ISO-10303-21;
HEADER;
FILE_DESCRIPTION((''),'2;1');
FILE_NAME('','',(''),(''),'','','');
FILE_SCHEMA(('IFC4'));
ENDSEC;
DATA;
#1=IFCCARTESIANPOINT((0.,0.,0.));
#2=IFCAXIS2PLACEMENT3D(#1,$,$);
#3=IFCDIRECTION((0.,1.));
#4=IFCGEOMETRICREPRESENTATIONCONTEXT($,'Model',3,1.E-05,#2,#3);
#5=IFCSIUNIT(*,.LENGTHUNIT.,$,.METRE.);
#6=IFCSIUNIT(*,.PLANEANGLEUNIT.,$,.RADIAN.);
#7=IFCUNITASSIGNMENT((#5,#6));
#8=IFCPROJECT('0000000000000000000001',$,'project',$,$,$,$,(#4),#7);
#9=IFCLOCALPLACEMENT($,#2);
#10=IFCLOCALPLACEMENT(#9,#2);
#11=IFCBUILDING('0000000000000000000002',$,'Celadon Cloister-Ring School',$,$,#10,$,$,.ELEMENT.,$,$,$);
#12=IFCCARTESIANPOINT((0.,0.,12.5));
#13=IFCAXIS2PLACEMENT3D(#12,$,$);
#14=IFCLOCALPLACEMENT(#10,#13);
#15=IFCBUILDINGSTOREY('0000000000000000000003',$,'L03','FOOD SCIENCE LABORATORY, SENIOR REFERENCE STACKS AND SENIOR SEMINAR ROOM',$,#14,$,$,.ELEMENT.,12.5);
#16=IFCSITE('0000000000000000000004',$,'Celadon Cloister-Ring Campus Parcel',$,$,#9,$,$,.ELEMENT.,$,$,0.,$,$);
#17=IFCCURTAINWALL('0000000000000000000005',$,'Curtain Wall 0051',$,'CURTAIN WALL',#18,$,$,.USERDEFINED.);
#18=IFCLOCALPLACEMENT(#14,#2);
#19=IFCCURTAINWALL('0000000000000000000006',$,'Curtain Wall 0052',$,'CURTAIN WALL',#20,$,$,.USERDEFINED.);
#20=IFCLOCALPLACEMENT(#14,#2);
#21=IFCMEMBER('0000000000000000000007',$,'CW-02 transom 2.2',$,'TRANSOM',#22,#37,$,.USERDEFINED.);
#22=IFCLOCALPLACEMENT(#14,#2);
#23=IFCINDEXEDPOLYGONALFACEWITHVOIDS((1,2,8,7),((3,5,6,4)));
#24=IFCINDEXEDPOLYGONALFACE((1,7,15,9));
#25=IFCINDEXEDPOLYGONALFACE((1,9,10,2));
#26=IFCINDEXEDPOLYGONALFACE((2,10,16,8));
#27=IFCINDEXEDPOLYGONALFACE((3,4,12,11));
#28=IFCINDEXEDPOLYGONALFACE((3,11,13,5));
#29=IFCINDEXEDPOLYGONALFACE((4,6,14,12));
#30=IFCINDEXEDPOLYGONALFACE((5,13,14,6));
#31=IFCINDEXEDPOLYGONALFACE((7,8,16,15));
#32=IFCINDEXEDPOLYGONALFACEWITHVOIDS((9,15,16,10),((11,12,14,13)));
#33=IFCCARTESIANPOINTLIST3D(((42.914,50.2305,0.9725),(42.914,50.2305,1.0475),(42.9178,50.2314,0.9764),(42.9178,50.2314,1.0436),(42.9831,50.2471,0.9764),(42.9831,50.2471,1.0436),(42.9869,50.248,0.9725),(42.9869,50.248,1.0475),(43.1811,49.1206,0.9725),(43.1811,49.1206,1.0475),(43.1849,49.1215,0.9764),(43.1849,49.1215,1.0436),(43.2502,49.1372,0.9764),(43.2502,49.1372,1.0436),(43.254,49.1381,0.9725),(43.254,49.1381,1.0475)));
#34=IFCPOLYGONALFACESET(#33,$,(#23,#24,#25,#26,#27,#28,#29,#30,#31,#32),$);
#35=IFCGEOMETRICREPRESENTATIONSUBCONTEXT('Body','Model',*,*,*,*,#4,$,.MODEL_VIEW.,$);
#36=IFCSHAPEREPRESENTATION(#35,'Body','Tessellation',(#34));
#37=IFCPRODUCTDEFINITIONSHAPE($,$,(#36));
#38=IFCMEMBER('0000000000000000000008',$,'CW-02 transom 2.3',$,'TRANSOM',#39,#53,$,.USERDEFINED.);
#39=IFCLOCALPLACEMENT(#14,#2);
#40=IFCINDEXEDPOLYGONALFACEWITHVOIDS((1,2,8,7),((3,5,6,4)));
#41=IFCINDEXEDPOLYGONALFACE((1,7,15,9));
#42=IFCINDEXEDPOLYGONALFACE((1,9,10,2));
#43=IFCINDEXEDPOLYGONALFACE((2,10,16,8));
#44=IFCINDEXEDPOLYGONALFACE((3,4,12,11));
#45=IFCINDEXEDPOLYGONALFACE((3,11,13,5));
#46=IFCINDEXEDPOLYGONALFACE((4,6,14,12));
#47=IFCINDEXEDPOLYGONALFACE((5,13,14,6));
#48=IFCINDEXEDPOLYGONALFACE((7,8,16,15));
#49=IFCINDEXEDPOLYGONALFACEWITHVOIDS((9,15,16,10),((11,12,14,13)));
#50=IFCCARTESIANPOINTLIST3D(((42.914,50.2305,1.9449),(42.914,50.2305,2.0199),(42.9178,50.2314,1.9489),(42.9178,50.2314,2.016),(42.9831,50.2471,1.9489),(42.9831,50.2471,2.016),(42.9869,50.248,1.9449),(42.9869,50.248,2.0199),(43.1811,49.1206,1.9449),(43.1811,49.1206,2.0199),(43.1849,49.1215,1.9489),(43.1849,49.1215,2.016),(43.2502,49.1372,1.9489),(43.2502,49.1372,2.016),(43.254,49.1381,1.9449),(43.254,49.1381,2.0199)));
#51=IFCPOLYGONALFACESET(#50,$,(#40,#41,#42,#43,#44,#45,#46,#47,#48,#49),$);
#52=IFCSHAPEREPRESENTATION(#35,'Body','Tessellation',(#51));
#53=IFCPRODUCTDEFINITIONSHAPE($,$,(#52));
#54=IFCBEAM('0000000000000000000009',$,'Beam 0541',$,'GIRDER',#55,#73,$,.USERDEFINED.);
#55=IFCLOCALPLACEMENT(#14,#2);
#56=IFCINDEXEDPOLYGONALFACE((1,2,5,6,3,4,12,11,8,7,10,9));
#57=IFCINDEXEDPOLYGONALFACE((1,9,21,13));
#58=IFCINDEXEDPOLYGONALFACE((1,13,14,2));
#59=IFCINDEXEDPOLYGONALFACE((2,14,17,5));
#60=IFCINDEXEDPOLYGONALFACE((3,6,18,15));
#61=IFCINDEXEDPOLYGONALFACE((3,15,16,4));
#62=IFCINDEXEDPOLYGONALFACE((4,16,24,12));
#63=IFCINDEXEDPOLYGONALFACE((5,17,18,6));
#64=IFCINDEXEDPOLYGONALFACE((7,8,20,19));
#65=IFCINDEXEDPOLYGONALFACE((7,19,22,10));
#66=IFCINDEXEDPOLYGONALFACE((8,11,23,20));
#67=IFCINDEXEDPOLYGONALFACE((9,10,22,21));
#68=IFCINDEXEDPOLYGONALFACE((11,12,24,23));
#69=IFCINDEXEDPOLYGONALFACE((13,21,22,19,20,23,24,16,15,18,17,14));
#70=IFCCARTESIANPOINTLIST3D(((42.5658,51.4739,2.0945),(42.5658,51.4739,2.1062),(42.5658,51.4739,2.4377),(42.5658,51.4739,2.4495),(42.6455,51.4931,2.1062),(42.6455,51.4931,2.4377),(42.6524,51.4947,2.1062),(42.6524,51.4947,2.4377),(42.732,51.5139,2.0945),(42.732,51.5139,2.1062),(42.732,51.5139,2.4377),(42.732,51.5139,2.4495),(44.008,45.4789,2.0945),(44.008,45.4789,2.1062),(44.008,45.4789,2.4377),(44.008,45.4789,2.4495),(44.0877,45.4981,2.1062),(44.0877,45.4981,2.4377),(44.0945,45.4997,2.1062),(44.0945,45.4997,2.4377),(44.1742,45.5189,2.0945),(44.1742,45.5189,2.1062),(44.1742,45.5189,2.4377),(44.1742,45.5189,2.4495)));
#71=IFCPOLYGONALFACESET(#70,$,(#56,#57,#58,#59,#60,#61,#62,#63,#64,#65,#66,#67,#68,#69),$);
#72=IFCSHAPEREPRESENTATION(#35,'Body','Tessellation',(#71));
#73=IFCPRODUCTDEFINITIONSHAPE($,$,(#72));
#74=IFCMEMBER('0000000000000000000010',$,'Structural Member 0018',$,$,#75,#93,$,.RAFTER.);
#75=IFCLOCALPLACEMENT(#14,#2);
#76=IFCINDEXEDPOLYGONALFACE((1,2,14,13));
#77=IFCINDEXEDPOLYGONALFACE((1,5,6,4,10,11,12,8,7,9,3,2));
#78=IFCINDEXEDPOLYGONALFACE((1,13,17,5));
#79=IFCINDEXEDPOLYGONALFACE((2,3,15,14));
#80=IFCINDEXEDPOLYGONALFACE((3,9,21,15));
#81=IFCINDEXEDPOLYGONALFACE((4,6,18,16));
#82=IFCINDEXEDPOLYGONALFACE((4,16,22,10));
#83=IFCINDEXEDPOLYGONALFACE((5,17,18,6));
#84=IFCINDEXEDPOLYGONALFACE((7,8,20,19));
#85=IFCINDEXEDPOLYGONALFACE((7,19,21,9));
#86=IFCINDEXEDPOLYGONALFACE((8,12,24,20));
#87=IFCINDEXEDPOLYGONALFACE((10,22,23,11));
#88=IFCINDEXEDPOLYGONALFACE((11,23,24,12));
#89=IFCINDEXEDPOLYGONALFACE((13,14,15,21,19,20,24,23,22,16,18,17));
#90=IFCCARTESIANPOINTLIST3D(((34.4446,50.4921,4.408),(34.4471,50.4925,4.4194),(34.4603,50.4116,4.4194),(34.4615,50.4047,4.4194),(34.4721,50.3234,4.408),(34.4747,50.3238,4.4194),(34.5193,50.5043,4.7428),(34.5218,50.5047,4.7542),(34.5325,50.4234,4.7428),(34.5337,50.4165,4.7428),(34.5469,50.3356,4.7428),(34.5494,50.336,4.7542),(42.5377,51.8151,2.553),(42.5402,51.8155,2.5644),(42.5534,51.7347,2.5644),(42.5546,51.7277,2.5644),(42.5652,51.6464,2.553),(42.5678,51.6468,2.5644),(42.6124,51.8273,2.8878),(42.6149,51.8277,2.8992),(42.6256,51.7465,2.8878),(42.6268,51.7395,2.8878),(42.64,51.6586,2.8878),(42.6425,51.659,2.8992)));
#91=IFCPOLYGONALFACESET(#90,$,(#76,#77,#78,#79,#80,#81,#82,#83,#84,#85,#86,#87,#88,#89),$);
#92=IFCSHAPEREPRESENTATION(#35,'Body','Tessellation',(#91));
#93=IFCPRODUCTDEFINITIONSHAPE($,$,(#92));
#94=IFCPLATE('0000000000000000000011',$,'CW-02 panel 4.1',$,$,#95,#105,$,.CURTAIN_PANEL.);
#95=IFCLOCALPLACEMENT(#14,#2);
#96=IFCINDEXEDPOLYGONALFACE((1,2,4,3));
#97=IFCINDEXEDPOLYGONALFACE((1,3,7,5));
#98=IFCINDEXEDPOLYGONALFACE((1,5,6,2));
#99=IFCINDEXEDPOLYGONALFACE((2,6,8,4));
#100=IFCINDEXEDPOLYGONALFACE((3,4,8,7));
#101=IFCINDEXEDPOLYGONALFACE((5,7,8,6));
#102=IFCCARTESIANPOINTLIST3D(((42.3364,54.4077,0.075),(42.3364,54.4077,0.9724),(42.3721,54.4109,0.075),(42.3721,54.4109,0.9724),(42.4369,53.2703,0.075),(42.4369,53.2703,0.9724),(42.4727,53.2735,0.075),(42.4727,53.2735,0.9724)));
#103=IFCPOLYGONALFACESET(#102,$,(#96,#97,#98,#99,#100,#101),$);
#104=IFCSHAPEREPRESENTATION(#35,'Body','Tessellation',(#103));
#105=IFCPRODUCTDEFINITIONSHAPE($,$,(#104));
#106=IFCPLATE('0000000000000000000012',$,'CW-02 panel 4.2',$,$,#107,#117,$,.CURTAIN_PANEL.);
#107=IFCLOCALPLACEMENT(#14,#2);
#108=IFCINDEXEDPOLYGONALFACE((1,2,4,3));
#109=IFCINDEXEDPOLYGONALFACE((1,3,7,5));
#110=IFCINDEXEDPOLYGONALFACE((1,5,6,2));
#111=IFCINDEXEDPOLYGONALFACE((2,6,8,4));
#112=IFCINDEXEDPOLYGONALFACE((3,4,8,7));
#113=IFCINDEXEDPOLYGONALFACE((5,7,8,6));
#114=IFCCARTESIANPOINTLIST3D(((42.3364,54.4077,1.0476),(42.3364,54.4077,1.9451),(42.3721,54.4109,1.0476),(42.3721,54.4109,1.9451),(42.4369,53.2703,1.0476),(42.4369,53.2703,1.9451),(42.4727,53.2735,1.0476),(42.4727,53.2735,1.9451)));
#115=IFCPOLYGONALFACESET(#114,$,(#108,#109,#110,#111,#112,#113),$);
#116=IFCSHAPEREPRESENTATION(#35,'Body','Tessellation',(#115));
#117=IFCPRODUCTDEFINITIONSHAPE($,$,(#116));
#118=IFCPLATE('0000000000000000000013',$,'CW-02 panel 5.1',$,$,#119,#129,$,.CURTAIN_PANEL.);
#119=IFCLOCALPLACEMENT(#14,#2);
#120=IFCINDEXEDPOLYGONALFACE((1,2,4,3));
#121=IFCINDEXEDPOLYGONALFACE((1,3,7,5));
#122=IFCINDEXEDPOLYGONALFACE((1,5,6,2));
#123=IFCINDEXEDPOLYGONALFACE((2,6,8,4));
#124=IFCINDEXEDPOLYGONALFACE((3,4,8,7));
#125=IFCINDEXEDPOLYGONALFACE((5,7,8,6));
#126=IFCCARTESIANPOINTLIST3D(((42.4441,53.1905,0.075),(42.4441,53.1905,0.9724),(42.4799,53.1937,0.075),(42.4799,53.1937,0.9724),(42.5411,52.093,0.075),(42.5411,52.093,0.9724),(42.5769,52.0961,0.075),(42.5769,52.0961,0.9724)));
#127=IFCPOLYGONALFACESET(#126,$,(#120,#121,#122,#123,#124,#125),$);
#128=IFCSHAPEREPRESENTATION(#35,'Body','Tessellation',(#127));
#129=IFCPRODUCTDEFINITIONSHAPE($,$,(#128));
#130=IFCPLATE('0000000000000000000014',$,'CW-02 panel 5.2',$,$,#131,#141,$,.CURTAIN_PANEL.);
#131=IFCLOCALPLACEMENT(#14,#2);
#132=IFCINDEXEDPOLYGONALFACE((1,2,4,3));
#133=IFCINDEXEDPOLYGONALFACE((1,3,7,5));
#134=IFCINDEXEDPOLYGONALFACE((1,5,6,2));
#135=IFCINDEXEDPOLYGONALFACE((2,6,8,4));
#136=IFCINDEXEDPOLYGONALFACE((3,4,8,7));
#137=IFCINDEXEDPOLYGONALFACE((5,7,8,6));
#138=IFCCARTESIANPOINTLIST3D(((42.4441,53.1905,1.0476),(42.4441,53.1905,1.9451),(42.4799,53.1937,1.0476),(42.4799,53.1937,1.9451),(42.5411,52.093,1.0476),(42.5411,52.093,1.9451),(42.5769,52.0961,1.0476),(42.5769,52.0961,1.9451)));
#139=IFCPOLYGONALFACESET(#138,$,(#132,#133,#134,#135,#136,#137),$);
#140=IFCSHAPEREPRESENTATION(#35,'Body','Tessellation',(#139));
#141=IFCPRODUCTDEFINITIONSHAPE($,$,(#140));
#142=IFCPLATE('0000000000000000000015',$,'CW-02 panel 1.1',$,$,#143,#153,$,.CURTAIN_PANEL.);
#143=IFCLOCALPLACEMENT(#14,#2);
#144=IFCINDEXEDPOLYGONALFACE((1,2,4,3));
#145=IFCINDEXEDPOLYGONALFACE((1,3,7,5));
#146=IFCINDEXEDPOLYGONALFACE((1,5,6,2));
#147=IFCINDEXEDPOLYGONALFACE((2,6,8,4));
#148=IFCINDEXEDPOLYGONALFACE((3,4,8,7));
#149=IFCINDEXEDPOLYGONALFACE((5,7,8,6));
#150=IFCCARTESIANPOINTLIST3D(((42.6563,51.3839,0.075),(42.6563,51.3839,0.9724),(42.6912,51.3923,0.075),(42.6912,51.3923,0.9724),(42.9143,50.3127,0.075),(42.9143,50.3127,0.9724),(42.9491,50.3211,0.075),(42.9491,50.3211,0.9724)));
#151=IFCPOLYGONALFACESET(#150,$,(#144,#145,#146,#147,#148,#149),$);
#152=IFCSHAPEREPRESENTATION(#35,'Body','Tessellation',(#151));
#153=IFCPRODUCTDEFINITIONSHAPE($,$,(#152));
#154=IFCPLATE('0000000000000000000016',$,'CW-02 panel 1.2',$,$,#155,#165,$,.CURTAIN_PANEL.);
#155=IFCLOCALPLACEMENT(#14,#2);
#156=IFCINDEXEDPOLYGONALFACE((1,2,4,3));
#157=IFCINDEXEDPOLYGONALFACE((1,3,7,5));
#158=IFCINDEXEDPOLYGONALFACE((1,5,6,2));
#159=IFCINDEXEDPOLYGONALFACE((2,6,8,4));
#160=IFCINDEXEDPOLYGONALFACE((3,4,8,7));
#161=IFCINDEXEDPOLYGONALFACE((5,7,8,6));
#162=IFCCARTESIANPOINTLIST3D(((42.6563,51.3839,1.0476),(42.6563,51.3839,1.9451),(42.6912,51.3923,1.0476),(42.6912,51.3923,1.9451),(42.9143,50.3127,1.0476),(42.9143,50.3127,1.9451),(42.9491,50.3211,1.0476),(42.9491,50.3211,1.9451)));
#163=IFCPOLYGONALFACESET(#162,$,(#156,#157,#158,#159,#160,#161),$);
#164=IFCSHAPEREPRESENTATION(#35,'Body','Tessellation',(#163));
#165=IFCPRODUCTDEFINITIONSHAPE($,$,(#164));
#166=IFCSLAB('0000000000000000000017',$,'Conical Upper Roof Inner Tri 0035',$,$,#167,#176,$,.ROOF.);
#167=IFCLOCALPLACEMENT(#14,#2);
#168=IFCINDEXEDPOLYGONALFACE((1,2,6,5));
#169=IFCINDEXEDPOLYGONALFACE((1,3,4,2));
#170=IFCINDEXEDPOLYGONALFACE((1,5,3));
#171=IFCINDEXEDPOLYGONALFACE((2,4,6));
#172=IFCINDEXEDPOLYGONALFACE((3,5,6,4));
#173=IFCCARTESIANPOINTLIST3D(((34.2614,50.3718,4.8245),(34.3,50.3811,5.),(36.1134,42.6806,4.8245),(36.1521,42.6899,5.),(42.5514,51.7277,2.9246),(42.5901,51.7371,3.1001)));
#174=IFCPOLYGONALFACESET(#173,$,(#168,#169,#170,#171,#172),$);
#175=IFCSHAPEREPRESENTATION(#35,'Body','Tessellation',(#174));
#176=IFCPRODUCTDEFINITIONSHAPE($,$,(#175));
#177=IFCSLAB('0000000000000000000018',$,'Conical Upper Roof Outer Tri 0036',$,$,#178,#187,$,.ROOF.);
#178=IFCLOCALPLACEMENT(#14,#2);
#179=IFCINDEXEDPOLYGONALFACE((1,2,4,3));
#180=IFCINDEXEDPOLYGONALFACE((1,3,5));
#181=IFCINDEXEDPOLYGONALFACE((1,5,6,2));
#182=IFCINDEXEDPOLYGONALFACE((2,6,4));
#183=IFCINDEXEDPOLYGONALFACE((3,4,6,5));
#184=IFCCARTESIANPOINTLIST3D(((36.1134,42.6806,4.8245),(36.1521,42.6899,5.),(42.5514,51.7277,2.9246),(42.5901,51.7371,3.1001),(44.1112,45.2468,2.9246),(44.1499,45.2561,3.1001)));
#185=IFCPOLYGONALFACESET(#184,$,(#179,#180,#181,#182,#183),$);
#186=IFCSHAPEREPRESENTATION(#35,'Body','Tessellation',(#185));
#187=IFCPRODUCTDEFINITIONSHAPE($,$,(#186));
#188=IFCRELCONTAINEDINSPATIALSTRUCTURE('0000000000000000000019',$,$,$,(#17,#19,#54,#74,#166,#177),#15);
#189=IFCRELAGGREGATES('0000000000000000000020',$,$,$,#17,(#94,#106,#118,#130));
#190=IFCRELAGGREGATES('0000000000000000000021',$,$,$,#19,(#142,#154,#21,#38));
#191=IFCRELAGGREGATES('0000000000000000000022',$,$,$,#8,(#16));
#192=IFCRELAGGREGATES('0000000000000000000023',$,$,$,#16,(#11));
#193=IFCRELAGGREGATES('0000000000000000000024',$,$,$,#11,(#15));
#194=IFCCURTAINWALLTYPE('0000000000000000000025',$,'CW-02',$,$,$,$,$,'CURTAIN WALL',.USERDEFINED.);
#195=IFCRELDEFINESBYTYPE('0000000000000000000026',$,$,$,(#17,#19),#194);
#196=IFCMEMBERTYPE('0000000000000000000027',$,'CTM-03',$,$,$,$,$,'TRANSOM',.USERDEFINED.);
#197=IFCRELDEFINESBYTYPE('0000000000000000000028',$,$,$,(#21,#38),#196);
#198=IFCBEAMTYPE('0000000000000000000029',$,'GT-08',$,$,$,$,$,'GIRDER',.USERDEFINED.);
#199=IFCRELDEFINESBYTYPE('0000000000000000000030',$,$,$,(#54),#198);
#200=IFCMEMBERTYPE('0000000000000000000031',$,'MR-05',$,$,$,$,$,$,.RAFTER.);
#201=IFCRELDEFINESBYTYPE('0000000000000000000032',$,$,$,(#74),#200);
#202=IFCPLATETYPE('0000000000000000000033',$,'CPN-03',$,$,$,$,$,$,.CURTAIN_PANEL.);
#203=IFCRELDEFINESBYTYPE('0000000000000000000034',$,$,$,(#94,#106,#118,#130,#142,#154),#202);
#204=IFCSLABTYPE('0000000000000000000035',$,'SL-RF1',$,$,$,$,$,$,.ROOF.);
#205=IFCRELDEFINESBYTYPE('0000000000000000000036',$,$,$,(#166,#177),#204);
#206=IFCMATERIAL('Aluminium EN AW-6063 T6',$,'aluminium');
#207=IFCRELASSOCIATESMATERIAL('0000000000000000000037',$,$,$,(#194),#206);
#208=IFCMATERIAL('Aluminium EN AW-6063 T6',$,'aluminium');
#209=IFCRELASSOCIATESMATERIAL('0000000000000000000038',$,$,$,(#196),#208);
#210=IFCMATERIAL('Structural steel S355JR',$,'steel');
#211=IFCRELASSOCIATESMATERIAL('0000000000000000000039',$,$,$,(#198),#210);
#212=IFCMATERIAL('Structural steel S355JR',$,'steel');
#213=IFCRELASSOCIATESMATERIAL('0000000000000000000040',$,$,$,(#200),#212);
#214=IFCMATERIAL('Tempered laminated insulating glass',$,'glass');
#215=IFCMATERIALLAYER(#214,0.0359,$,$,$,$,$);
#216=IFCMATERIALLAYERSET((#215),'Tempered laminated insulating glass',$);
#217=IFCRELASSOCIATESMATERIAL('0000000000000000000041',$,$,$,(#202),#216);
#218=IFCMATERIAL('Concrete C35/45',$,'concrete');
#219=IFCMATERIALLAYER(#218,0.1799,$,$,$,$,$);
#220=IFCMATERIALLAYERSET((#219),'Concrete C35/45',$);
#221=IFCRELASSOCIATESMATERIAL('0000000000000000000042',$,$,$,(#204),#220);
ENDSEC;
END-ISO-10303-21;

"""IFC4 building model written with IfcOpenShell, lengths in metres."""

from ifc_helpers import new_model, si_unit, direction, frame, origin, origin_2d, place, context, subcontext, project, spatial, polyline, rectangle, hollow_rectangle, i_section, outline, extrude, material, layer, layer_set, material_profile, profile_set, type_object, element, aggregate, save


model = new_model("IFC4")

# Units and contexts
model_context = context("Model", 3, precision=1e-05, world=origin(), true_north=direction((0.0, 1.0)))
body_context = subcontext(model_context, "Body", "Model", "MODEL_VIEW")
ifc_project = project(units=[si_unit("LENGTHUNIT", "METRE"), si_unit("PLANEANGLEUNIT", "RADIAN")], contexts=[model_context])

# Site, building, storey
site_placement = place(None, origin())
site = spatial("IfcSite", under=ifc_project, at=site_placement, Name="Celadon Cloister-Ring Campus Parcel", CompositionType="ELEMENT", RefElevation=0.0)
building_placement = place(site_placement, origin())
building = spatial("IfcBuilding", under=site, at=building_placement, Name="Celadon Cloister-Ring School", CompositionType="ELEMENT")
storey_placement = place(building_placement, frame((0.0, 0.0, 12.5)))
storey = spatial("IfcBuildingStorey", under=building, at=storey_placement, Name="L03", Description="FOOD SCIENCE LABORATORY, SENIOR REFERENCE STACKS AND SENIOR SEMINAR ROOM", CompositionType="ELEMENT", Elevation=12.5)

# Curtain walls
ifc_material_1 = material(Name="Aluminium EN AW-6063 T6", Category="aluminium")
curtain_wall_type = type_object("IfcCurtainWallType", Name="CW-02", ElementType="CURTAIN WALL", PredefinedType="USERDEFINED", material=ifc_material_1)
curtain_wall_1_placement = place(storey_placement, origin())
curtain_wall_1 = element("IfcCurtainWall", 1, at=curtain_wall_1_placement, inside=storey, type_object=curtain_wall_type, Name="Curtain Wall 0051", ObjectType="CURTAIN WALL", PredefinedType="USERDEFINED")
curtain_wall_2_placement = place(storey_placement, origin())
curtain_wall_2 = element("IfcCurtainWall", 2, at=curtain_wall_2_placement, inside=storey, type_object=curtain_wall_type, Name="Curtain Wall 0052", ObjectType="CURTAIN WALL", PredefinedType="USERDEFINED")

# Members
ifc_material_2 = material(Name="Aluminium EN AW-6063 T6", Category="aluminium")
ifc_material_profile_1 = material_profile(ifc_material_2, hollow_rectangle(XDim=0.075, YDim=0.075, WallThickness=0.0039, at=origin_2d()), Name="RHS75X75X4")
ifc_profile_set_1 = profile_set([ifc_material_profile_1], Name="Aluminium EN AW-6063 T6")
member_type_1 = type_object("IfcMemberType", Name="CTM-03", ElementType="TRANSOM", PredefinedType="USERDEFINED", material=ifc_profile_set_1)
member_1_placement = place(storey_placement, frame((42.9504, 50.2393, 1.01), z_axis=(0.233971, -0.972243, 0.0), x_axis=(0.972243, 0.233971, 0.0)))
member_1 = element("IfcMember", 3, at=member_1_placement, type_object=member_type_1, Name="CW-02 transom 2.2", ObjectType="TRANSOM", PredefinedType="USERDEFINED", context=body_context, shape_type="SweptSolid", body=[
    extrude(hollow_rectangle(XDim=0.075, YDim=0.075, WallThickness=0.0039, at=origin_2d()), origin(), (0.0, 0.0, 1.0), 1.1416),
])
member_2_placement = place(storey_placement, frame((42.9504, 50.2393, 1.9824), z_axis=(0.233971, -0.972243, 0.0), x_axis=(0.972243, 0.233971, 0.0)))
member_2 = element("IfcMember", 4, at=member_2_placement, type_object=member_type_1, Name="CW-02 transom 2.3", ObjectType="TRANSOM", PredefinedType="USERDEFINED", context=body_context, shape_type="SweptSolid", body=[
    extrude(hollow_rectangle(XDim=0.075, YDim=0.075, WallThickness=0.0039, at=origin_2d()), origin(), (0.0, 0.0, 1.0), 1.1416),
])

# Beam
ifc_material_3 = material(Name="Structural steel S355JR", Category="steel")
ifc_material_profile_2 = material_profile(ifc_material_3, i_section(OverallWidth=0.1709, OverallDepth=0.355, WebThickness=0.0071, FlangeThickness=0.0117, at=origin_2d()), Name="W360X51")
ifc_profile_set_2 = profile_set([ifc_material_profile_2], Name="Structural steel S355JR")
beam_type = type_object("IfcBeamType", Name="GT-08", ElementType="GIRDER", PredefinedType="USERDEFINED", material=ifc_profile_set_2)
beam_placement = place(storey_placement, frame((42.6489, 51.4939, 2.272), z_axis=(0.23389, -0.972263, 0.0), x_axis=(0.972263, 0.23389, 0.0)))
element("IfcBeam", 5, at=beam_placement, inside=storey, type_object=beam_type, Name="Beam 0541", ObjectType="GIRDER", PredefinedType="USERDEFINED", context=body_context, shape_type="SweptSolid", body=[
    extrude(i_section(OverallWidth=0.1709, OverallDepth=0.355, WebThickness=0.0071, FlangeThickness=0.0117, at=origin_2d()), origin(), (0.0, 0.0, 1.0), 6.166),
])

# Member
ifc_material_4 = material(Name="Structural steel S355JR", Category="steel")
ifc_material_profile_3 = material_profile(ifc_material_4, i_section(OverallWidth=0.1709, OverallDepth=0.355, WebThickness=0.0071, FlangeThickness=0.0117, at=origin_2d()), Name="W360X51")
ifc_profile_set_3 = profile_set([ifc_material_profile_3], Name="Structural steel S355JR")
member_type_2 = type_object("IfcMemberType", Name="MR-05", PredefinedType="RAFTER", material=ifc_profile_set_3)
member_3_placement = place(storey_placement, frame((42.5901, 51.7371, 2.7261), z_axis=(-0.96258, -0.157357, 0.220631), x_axis=(0.161333, -0.9869, 0.0)))
element("IfcMember", 6, at=member_3_placement, inside=storey, type_object=member_type_2, Name="Structural Member 0018", PredefinedType="RAFTER", context=body_context, shape_type="SweptSolid", body=[
    extrude(i_section(OverallWidth=0.1709, OverallDepth=0.355, WebThickness=0.0071, FlangeThickness=0.0117, at=origin_2d()), origin(), (0.0, 0.0, 1.0), 8.4077),
])

# Plates
ifc_material_5 = material(Name="Tempered laminated insulating glass", Category="glass")
ifc_layer_1 = layer(ifc_material_5, 0.0359)
ifc_layer_set_1 = layer_set([ifc_layer_1], Name="Tempered laminated insulating glass")
plate_type = type_object("IfcPlateType", Name="CPN-03", PredefinedType="CURTAIN_PANEL", material=ifc_layer_set_1)
plate_1_placement = place(storey_placement, frame((42.4045, 53.8406, 0.075), z_axis=(0.0, 0.0, 1.0), x_axis=(0.088071, -0.996114, 0.0)))
plate_1 = element("IfcPlate", 7, at=plate_1_placement, type_object=plate_type, Name="CW-02 panel 4.1", PredefinedType="CURTAIN_PANEL", context=body_context, shape_type="SweptSolid", body=[
    extrude(rectangle(XDim=1.1418, YDim=0.0359, at=origin_2d()), origin(), (0.0, 0.0, 1.0), 0.8975),
])
plate_2_placement = place(storey_placement, frame((42.4045, 53.8406, 1.0476), z_axis=(0.0, 0.0, 1.0), x_axis=(0.088071, -0.996114, 0.0)))
plate_2 = element("IfcPlate", 8, at=plate_2_placement, type_object=plate_type, Name="CW-02 panel 4.2", PredefinedType="CURTAIN_PANEL", context=body_context, shape_type="SweptSolid", body=[
    extrude(rectangle(XDim=1.1418, YDim=0.0359, at=origin_2d()), origin(), (0.0, 0.0, 1.0), 0.8975),
])
plate_3_placement = place(storey_placement, frame((42.5105, 52.6433, 0.075), z_axis=(0.0, 0.0, 1.0), x_axis=(0.088071, -0.996114, 0.0)))
plate_3 = element("IfcPlate", 9, at=plate_3_placement, type_object=plate_type, Name="CW-02 panel 5.1", PredefinedType="CURTAIN_PANEL", context=body_context, shape_type="SweptSolid", body=[
    extrude(rectangle(XDim=1.1018, YDim=0.0359, at=origin_2d()), origin(), (0.0, 0.0, 1.0), 0.8975),
])
plate_4_placement = place(storey_placement, frame((42.5105, 52.6433, 1.0476), z_axis=(0.0, 0.0, 1.0), x_axis=(0.088071, -0.996114, 0.0)))
plate_4 = element("IfcPlate", 10, at=plate_4_placement, type_object=plate_type, Name="CW-02 panel 5.2", PredefinedType="CURTAIN_PANEL", context=body_context, shape_type="SweptSolid", body=[
    extrude(rectangle(XDim=1.1018, YDim=0.0359, at=origin_2d()), origin(), (0.0, 0.0, 1.0), 0.8975),
])
aggregate(curtain_wall_1, [plate_1, plate_2, plate_3, plate_4])
plate_5_placement = place(storey_placement, frame((42.8027, 50.8525, 0.075), z_axis=(0.0, 0.0, 1.0), x_axis=(0.234091, -0.972215, 0.0)))
plate_5 = element("IfcPlate", 11, at=plate_5_placement, type_object=plate_type, Name="CW-02 panel 1.1", PredefinedType="CURTAIN_PANEL", context=body_context, shape_type="SweptSolid", body=[
    extrude(rectangle(XDim=1.1018, YDim=0.0359, at=origin_2d()), origin(), (0.0, 0.0, 1.0), 0.8975),
])
plate_6_placement = place(storey_placement, frame((42.8027, 50.8525, 1.0476), z_axis=(0.0, 0.0, 1.0), x_axis=(0.234091, -0.972215, 0.0)))
plate_6 = element("IfcPlate", 12, at=plate_6_placement, type_object=plate_type, Name="CW-02 panel 1.2", PredefinedType="CURTAIN_PANEL", context=body_context, shape_type="SweptSolid", body=[
    extrude(rectangle(XDim=1.1018, YDim=0.0359, at=origin_2d()), origin(), (0.0, 0.0, 1.0), 0.8975),
])
aggregate(curtain_wall_2, [plate_5, plate_6, member_1, member_2])

# Slabs
ifc_material_6 = material(Name="Concrete C35/45", Category="concrete")
ifc_layer_2 = layer(ifc_material_6, 0.1799)
ifc_layer_set_2 = layer_set([ifc_layer_2], Name="Concrete C35/45")
slab_type = type_object("IfcSlabType", Name="SL-RF1", PredefinedType="ROOF", material=ifc_layer_set_2)
slab_1_placement = place(storey_placement, frame((42.5901, 51.7371, 3.1001), z_axis=(0.215033, 0.051781, 0.975233), x_axis=(-0.962573, -0.157443, 0.220601)))
element("IfcSlab", 13, at=slab_1_placement, inside=storey, type_object=slab_type, Name="Conical Upper Roof Inner Tri 0035", PredefinedType="ROOF", context=body_context, shape_type="SweptSolid", body=[
    extrude(outline(polyline([(0.0, 0.0), (8.6124, 0.0), (8.0406, 7.8903), (0.0, 0.0)])), origin(), (0.0, 0.0, -1.0), 0.1799),
])
slab_2_placement = place(storey_placement, frame((42.5901, 51.7371, 3.1001), z_axis=(0.215061, 0.05176, 0.975228), x_axis=(-0.571487, -0.803094, 0.16865)))
element("IfcSlab", 14, at=slab_2_placement, inside=storey, type_object=slab_type, Name="Conical Upper Roof Outer Tri 0036", PredefinedType="ROOF", context=body_context, shape_type="SweptSolid", body=[
    extrude(outline(polyline([(0.0, 0.0), (11.2653, 0.0), (4.3134, 5.0824), (0.0, 0.0)])), origin(), (0.0, 0.0, -1.0), 0.1799),
])

save(model, "model.ifc")
